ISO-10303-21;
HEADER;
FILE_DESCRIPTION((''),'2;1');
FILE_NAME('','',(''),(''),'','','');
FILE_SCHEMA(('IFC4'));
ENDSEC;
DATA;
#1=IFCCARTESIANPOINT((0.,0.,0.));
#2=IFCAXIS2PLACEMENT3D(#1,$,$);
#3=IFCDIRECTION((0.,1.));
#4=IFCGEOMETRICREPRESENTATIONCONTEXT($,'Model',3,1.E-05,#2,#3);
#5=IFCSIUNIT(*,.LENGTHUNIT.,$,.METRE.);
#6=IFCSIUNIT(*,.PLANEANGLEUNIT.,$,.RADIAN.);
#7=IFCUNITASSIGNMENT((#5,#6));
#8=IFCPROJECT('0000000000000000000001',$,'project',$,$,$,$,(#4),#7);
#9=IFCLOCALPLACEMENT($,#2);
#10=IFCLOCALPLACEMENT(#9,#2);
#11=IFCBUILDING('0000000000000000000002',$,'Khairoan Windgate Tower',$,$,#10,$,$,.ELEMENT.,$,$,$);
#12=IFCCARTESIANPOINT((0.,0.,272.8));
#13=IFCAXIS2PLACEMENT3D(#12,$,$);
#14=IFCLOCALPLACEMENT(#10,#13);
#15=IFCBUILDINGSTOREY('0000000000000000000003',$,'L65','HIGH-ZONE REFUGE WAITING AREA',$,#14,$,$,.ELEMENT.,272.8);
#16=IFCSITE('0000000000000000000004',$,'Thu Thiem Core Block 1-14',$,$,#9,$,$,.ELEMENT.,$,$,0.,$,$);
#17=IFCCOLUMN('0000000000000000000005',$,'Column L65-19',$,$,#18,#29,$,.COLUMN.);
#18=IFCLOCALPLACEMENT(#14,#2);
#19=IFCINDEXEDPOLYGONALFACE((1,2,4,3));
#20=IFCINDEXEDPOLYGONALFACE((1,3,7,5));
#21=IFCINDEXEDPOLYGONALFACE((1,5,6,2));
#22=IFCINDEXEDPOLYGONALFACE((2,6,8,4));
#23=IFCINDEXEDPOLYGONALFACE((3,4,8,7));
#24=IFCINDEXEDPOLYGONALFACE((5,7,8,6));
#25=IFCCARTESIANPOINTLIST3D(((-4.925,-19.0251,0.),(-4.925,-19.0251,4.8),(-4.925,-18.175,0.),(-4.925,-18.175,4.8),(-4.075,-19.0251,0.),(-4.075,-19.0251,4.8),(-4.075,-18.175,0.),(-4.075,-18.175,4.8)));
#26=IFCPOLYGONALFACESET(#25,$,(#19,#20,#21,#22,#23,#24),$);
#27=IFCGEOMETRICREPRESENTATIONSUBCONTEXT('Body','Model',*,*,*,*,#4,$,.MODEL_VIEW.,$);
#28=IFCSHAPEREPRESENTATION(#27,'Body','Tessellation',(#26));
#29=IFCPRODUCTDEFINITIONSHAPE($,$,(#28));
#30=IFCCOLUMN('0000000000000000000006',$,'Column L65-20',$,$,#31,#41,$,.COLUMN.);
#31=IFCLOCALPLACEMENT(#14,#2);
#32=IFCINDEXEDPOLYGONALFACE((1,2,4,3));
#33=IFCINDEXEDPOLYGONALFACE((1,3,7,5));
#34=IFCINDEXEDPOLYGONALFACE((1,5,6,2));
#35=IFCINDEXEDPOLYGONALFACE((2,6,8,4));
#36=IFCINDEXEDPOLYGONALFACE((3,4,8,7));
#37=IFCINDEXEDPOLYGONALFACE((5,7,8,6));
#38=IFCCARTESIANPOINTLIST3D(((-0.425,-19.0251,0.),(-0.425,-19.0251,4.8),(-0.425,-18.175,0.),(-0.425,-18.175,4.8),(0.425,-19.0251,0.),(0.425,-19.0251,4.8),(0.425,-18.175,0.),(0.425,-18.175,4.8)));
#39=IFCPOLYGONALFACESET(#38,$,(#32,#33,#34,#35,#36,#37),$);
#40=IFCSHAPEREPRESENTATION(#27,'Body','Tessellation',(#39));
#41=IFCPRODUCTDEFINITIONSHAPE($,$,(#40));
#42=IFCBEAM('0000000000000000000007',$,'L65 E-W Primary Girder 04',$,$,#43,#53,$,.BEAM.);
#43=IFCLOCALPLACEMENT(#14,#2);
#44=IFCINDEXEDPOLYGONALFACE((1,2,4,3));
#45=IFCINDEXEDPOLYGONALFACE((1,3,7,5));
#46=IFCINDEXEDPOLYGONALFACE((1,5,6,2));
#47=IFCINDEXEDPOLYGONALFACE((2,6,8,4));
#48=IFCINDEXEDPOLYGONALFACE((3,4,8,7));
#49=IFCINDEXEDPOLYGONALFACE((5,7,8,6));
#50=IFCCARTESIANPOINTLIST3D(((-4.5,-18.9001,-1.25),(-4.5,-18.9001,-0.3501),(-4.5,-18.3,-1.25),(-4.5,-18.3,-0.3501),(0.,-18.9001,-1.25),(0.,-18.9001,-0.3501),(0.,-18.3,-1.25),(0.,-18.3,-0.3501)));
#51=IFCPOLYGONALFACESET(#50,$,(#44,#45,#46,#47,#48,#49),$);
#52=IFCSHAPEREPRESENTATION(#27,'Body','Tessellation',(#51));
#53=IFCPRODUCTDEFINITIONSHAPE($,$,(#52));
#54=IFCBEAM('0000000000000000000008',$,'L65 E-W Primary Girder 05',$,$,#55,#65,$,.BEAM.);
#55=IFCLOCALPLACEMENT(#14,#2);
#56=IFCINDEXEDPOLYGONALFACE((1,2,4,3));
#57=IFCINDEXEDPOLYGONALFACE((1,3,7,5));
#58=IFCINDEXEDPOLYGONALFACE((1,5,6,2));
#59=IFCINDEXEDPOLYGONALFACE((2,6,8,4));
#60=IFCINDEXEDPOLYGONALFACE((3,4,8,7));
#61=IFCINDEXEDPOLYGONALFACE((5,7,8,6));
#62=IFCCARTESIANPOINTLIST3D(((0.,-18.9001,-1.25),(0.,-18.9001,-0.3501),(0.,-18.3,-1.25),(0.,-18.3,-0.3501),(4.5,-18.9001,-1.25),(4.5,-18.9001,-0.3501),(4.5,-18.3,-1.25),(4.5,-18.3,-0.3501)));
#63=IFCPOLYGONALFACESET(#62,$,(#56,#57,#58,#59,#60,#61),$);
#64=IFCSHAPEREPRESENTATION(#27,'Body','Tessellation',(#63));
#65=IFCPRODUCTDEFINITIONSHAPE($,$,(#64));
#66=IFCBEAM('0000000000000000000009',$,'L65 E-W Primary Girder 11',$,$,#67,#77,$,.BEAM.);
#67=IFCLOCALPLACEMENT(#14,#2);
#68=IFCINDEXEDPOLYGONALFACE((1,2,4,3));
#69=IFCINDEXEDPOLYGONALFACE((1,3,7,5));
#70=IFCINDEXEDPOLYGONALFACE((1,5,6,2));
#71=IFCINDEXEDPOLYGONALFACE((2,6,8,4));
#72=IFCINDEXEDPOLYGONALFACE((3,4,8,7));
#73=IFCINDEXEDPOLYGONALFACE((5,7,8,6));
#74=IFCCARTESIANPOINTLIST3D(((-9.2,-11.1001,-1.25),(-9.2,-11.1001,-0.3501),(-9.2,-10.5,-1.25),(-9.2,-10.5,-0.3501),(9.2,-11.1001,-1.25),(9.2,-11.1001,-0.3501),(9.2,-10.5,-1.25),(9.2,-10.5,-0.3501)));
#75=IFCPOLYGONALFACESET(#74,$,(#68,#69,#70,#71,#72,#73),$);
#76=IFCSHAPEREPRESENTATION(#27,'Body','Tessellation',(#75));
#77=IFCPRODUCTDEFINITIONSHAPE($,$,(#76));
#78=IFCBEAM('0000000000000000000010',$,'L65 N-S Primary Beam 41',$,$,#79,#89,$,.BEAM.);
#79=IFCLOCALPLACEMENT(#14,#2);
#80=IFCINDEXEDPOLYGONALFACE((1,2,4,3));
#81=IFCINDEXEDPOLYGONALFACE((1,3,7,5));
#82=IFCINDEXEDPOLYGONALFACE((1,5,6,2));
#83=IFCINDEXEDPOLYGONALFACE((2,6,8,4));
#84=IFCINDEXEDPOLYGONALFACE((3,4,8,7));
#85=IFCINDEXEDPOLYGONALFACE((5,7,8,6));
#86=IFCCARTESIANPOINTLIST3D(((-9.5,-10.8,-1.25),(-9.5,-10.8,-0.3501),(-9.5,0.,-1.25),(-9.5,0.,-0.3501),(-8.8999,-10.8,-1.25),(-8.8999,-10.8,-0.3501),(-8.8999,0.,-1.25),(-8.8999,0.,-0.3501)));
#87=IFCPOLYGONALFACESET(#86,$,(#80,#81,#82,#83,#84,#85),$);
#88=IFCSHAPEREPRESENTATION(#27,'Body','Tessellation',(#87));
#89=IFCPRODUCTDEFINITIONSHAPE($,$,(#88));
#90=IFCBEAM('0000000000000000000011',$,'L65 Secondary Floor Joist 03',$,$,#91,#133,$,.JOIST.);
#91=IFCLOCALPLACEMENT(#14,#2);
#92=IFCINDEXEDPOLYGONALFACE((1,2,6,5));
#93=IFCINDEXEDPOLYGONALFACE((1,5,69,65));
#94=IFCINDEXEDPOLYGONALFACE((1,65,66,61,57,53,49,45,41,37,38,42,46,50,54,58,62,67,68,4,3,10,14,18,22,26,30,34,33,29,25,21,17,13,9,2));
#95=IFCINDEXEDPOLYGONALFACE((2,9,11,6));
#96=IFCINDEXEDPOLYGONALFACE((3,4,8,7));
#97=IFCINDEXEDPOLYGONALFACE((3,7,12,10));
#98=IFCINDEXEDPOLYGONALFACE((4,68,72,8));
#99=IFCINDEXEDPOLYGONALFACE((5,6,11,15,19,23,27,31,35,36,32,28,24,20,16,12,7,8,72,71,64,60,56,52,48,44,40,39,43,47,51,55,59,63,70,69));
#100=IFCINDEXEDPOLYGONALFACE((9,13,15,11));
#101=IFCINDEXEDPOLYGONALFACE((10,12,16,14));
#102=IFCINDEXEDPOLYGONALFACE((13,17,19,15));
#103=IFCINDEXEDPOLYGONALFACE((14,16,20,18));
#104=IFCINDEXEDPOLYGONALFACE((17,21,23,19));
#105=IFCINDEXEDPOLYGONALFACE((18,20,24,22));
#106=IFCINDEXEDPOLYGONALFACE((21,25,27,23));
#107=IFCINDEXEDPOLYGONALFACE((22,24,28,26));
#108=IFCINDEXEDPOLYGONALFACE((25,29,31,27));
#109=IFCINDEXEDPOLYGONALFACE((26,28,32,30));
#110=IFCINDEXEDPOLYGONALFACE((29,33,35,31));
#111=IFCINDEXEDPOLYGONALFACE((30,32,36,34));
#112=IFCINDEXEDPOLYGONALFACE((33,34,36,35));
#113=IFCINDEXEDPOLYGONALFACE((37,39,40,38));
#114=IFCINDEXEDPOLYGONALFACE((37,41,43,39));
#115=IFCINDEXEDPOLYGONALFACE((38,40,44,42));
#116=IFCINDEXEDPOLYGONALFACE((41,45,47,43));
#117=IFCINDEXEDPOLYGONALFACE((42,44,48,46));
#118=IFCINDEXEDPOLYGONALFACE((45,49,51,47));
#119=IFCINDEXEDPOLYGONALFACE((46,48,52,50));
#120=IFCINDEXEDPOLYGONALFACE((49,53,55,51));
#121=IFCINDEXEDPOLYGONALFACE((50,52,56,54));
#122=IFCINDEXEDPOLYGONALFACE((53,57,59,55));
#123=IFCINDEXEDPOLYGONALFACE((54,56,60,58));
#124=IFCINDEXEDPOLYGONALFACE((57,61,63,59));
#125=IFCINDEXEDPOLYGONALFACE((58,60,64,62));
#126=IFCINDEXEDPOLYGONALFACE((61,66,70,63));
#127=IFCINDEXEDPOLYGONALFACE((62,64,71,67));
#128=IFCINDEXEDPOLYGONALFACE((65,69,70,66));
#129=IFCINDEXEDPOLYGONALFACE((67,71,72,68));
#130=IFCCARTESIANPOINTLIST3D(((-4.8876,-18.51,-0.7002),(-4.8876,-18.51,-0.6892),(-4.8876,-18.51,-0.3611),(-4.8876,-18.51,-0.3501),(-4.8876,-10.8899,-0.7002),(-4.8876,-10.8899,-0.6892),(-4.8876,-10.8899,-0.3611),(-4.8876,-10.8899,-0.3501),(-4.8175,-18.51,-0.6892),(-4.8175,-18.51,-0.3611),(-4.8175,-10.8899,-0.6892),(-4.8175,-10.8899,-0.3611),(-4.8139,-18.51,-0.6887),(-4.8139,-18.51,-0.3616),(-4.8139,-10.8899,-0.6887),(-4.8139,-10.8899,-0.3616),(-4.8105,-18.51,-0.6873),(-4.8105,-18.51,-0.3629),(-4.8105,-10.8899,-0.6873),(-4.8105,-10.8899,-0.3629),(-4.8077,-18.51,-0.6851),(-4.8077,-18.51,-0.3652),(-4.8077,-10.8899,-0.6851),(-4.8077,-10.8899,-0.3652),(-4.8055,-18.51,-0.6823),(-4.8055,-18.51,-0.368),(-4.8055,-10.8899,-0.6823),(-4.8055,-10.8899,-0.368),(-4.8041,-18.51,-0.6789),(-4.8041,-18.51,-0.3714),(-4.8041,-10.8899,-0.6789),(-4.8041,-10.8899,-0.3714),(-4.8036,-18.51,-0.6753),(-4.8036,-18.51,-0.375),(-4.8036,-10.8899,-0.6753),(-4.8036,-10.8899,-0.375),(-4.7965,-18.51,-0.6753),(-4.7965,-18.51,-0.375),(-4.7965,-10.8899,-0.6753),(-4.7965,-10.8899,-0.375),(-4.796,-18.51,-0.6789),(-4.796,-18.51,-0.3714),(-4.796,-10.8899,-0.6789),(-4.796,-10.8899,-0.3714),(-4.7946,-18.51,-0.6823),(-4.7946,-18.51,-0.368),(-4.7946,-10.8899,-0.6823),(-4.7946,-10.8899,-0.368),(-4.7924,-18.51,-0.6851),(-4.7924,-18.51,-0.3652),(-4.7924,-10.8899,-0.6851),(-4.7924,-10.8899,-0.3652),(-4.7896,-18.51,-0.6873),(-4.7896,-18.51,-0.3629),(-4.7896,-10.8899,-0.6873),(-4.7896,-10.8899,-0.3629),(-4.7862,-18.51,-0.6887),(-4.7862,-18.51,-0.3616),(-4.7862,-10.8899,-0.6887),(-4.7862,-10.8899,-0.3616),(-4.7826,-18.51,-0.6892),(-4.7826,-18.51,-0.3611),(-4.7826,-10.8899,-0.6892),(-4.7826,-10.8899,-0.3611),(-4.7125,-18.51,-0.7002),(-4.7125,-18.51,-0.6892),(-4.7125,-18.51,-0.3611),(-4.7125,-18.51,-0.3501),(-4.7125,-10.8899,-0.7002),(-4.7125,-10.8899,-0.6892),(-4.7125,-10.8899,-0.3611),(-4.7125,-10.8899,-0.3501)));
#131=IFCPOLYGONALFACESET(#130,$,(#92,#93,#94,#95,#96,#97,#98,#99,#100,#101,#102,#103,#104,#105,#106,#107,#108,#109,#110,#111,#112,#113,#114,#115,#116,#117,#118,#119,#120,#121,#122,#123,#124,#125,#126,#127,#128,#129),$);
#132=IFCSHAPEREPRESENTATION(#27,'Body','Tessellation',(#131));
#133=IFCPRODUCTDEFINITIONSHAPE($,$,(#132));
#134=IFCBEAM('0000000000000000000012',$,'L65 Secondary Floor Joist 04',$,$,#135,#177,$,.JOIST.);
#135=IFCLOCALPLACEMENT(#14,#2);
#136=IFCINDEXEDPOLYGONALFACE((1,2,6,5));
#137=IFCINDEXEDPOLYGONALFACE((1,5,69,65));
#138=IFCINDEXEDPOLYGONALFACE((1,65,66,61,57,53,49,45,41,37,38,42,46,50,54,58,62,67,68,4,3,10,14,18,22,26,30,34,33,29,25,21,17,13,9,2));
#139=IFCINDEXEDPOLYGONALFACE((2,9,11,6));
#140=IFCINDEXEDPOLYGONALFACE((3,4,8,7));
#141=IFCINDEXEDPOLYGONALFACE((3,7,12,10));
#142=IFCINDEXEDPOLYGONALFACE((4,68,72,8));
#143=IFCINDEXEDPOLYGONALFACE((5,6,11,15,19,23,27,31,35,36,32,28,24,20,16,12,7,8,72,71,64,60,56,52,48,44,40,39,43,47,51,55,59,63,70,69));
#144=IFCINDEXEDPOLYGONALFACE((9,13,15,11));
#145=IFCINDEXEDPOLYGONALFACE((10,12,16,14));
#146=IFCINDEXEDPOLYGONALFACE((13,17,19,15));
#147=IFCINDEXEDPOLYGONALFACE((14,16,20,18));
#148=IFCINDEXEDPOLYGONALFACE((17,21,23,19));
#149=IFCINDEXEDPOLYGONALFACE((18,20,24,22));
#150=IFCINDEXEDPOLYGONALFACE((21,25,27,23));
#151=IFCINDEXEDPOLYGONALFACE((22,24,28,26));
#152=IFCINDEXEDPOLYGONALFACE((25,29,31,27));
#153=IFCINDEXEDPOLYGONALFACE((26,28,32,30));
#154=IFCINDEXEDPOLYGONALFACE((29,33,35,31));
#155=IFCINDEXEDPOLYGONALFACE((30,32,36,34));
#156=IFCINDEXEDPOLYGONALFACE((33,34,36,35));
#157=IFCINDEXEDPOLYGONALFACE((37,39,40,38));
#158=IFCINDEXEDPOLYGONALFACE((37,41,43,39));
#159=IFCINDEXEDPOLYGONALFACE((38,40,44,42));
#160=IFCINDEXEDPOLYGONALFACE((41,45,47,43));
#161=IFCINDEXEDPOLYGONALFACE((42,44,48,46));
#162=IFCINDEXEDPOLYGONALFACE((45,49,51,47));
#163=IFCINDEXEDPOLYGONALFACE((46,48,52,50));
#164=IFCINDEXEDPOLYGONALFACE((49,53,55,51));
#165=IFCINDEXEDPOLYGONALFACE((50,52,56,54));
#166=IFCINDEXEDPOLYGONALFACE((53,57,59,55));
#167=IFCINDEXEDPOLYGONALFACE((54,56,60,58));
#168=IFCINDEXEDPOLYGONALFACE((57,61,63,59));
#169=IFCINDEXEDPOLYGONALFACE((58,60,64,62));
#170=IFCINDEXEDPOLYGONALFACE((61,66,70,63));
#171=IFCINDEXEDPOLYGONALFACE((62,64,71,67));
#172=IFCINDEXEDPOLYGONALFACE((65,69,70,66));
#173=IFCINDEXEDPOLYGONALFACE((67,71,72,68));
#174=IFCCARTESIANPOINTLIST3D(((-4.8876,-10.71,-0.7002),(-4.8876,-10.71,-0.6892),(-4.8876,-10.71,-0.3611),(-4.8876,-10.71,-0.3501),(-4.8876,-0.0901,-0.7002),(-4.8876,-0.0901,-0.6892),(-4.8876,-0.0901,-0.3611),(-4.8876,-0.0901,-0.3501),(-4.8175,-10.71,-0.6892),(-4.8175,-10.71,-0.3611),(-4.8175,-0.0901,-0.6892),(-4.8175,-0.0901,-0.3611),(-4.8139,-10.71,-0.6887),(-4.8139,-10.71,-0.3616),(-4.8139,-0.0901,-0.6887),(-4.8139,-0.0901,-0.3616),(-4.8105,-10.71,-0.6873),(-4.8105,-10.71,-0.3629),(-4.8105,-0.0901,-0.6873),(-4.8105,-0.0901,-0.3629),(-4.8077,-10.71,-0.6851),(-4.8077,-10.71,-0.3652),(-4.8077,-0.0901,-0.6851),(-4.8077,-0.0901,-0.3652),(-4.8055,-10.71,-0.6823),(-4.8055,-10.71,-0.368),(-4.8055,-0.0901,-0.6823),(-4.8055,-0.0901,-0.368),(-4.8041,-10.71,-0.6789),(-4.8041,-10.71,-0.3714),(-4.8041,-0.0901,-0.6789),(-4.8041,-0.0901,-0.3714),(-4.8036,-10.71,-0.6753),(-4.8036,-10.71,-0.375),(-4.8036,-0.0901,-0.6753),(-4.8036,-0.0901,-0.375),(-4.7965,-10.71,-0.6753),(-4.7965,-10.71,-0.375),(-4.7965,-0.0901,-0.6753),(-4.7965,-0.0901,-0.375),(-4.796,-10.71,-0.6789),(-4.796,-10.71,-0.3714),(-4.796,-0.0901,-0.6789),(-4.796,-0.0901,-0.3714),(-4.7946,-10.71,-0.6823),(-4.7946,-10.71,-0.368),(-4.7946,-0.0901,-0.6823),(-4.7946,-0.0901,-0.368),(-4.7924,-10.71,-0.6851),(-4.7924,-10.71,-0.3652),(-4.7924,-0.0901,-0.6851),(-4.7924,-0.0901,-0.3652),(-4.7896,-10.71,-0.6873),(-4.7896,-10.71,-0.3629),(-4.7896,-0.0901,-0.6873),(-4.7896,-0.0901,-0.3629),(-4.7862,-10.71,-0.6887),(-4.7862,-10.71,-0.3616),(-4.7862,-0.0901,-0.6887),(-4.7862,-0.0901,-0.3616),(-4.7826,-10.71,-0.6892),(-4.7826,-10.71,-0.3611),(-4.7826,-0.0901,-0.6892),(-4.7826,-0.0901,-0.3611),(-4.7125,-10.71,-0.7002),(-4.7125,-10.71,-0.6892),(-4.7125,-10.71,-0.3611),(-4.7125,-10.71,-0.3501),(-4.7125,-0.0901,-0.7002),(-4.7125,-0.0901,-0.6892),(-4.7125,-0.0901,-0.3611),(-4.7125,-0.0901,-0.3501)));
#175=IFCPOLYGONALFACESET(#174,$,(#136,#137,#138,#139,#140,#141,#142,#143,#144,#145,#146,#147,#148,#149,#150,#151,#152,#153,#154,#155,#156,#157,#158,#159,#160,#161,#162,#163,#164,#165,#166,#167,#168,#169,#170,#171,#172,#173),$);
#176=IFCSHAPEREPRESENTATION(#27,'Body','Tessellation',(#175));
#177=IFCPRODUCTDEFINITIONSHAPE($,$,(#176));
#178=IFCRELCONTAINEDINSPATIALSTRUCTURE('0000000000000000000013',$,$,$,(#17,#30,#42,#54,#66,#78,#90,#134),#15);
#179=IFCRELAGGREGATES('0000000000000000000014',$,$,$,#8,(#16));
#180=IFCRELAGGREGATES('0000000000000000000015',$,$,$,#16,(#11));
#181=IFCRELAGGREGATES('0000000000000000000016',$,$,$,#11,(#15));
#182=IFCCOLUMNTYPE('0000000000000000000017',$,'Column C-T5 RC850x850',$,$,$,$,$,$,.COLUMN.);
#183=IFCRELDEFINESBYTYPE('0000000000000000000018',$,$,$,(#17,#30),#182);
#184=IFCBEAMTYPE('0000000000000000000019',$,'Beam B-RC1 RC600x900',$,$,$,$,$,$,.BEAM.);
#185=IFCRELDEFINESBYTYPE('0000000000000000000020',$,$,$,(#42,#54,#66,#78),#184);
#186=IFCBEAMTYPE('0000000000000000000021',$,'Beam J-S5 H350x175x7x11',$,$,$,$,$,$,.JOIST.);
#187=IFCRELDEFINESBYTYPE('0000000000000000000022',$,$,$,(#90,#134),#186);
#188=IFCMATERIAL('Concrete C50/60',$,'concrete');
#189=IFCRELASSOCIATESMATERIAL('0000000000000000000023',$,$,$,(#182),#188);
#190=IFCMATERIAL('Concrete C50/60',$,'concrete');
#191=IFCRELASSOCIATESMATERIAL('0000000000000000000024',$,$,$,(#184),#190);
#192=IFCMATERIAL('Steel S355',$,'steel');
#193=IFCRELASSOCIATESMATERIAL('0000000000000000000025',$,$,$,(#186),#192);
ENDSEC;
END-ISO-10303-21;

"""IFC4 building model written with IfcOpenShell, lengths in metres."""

from ifc_helpers import new_model, si_unit, direction, frame, origin, origin_2d, place, context, subcontext, project, spatial, rectangle, i_section, extrude, material, material_profile, profile_set, type_object, element, save


model = new_model("IFC4")

# Units and contexts
model_context = context("Model", 3, precision=1e-05, world=origin(), true_north=direction((0.0, 1.0)))
body_context = subcontext(model_context, "Body", "Model", "MODEL_VIEW")
ifc_project = project(units=[si_unit("LENGTHUNIT", "METRE"), si_unit("PLANEANGLEUNIT", "RADIAN")], contexts=[model_context])

# Site, building, storey
site_placement = place(None, origin())
site = spatial("IfcSite", under=ifc_project, at=site_placement, Name="Thu Thiem Core Block 1-14", CompositionType="ELEMENT", RefElevation=0.0)
building_placement = place(site_placement, origin())
building = spatial("IfcBuilding", under=site, at=building_placement, Name="Khairoan Windgate Tower", CompositionType="ELEMENT")
storey_placement = place(building_placement, frame((0.0, 0.0, 272.8)))
storey = spatial("IfcBuildingStorey", under=building, at=storey_placement, Name="L65", Description="HIGH-ZONE REFUGE WAITING AREA", CompositionType="ELEMENT", Elevation=272.8)

# Columns
ifc_material_1 = material(Name="Concrete C50/60", Category="concrete")
ifc_material_profile_1 = material_profile(ifc_material_1, rectangle(XDim=0.8501, YDim=0.8501, at=origin_2d()))
ifc_profile_set_1 = profile_set([ifc_material_profile_1], Name="Concrete C50/60")
column_type = type_object("IfcColumnType", Name="Column C-T5 RC850x850", PredefinedType="COLUMN", material=ifc_profile_set_1)
for number, where, z_axis, x_axis, name in (
    (1, (-4.5, -18.6001, 0.0), (0.0, 0.0, 1.0), (1.0, 0.0, 0.0), "Column L65-19"),
    (2, (0.0, -18.6001, 0.0), (0.0, 0.0, 1.0), (1.0, 0.0, 0.0), "Column L65-20"),
):
    element("IfcColumn", number, at=place(storey_placement, frame(where, z_axis=z_axis, x_axis=x_axis)), inside=storey, type_object=column_type, Name=name, PredefinedType="COLUMN", context=body_context, shape_type="SweptSolid", body=[
        extrude(rectangle(XDim=0.8501, YDim=0.8501, at=origin_2d()), origin(), (0.0, 0.0, 1.0), 4.8),
    ])

# Beams
ifc_material_2 = material(Name="Concrete C50/60", Category="concrete")
ifc_material_profile_2 = material_profile(ifc_material_2, rectangle(XDim=0.6001, YDim=0.8999, at=origin_2d()))
ifc_profile_set_2 = profile_set([ifc_material_profile_2], Name="Concrete C50/60")
beam_type_1 = type_object("IfcBeamType", Name="Beam B-RC1 RC600x900", PredefinedType="BEAM", material=ifc_profile_set_2)
for number, where, z_axis, x_axis, name in (
    (3, (-4.5, -18.6001, -0.8), (1.0, 0.0, 0.0), (0.0, 1.0, 0.0), "L65 E-W Primary Girder 04"),
    (4, (0.0, -18.6001, -0.8), (1.0, 0.0, 0.0), (0.0, 1.0, 0.0), "L65 E-W Primary Girder 05"),
):
    element("IfcBeam", number, at=place(storey_placement, frame(where, z_axis=z_axis, x_axis=x_axis)), inside=storey, type_object=beam_type_1, Name=name, PredefinedType="BEAM", context=body_context, shape_type="SweptSolid", body=[
        extrude(rectangle(XDim=0.6001, YDim=0.8999, at=origin_2d()), origin(), (0.0, 0.0, 1.0), 4.5),
    ])
beam_1_placement = place(storey_placement, frame((-9.2, -10.8, -0.8), z_axis=(1.0, 0.0, 0.0), x_axis=(0.0, 1.0, 0.0)))
element("IfcBeam", 5, at=beam_1_placement, inside=storey, type_object=beam_type_1, Name="L65 E-W Primary Girder 11", PredefinedType="BEAM", context=body_context, shape_type="SweptSolid", body=[
    extrude(rectangle(XDim=0.6001, YDim=0.8999, at=origin_2d()), origin(), (0.0, 0.0, 1.0), 18.3999),
])
beam_2_placement = place(storey_placement, frame((-9.2, -10.8, -0.8), z_axis=(0.0, 1.0, 0.0), x_axis=(-1.0, 0.0, 0.0)))
element("IfcBeam", 6, at=beam_2_placement, inside=storey, type_object=beam_type_1, Name="L65 N-S Primary Beam 41", PredefinedType="BEAM", context=body_context, shape_type="SweptSolid", body=[
    extrude(rectangle(XDim=0.6001, YDim=0.8999, at=origin_2d()), origin(), (0.0, 0.0, 1.0), 10.8),
])
ifc_material_3 = material(Name="Steel S355", Category="steel")
ifc_material_profile_3 = material_profile(ifc_material_3, i_section(OverallWidth=0.175, OverallDepth=0.3501, WebThickness=0.0071, FlangeThickness=0.011, FilletRadius=0.0139, at=origin_2d()))
ifc_profile_set_3 = profile_set([ifc_material_profile_3], Name="Steel S355")
beam_type_2 = type_object("IfcBeamType", Name="Beam J-S5 H350x175x7x11", PredefinedType="JOIST", material=ifc_profile_set_3)
beam_3_placement = place(storey_placement, frame((-4.8, -18.51, -0.5251), z_axis=(0.0, 1.0, 0.0), x_axis=(-1.0, 0.0, 0.0)))
element("IfcBeam", 7, at=beam_3_placement, inside=storey, type_object=beam_type_2, Name="L65 Secondary Floor Joist 03", PredefinedType="JOIST", context=body_context, shape_type="SweptSolid", body=[
    extrude(i_section(OverallWidth=0.175, OverallDepth=0.3501, WebThickness=0.0071, FlangeThickness=0.011, FilletRadius=0.0139, at=origin_2d()), origin(), (0.0, 0.0, 1.0), 7.6201),
])
beam_4_placement = place(storey_placement, frame((-4.8, -10.71, -0.5251), z_axis=(0.0, 1.0, 0.0), x_axis=(-1.0, 0.0, 0.0)))
element("IfcBeam", 8, at=beam_4_placement, inside=storey, type_object=beam_type_2, Name="L65 Secondary Floor Joist 04", PredefinedType="JOIST", context=body_context, shape_type="SweptSolid", body=[
    extrude(i_section(OverallWidth=0.175, OverallDepth=0.3501, WebThickness=0.0071, FlangeThickness=0.011, FilletRadius=0.0139, at=origin_2d()), origin(), (0.0, 0.0, 1.0), 10.6199),
])

save(model, "model.ifc")
